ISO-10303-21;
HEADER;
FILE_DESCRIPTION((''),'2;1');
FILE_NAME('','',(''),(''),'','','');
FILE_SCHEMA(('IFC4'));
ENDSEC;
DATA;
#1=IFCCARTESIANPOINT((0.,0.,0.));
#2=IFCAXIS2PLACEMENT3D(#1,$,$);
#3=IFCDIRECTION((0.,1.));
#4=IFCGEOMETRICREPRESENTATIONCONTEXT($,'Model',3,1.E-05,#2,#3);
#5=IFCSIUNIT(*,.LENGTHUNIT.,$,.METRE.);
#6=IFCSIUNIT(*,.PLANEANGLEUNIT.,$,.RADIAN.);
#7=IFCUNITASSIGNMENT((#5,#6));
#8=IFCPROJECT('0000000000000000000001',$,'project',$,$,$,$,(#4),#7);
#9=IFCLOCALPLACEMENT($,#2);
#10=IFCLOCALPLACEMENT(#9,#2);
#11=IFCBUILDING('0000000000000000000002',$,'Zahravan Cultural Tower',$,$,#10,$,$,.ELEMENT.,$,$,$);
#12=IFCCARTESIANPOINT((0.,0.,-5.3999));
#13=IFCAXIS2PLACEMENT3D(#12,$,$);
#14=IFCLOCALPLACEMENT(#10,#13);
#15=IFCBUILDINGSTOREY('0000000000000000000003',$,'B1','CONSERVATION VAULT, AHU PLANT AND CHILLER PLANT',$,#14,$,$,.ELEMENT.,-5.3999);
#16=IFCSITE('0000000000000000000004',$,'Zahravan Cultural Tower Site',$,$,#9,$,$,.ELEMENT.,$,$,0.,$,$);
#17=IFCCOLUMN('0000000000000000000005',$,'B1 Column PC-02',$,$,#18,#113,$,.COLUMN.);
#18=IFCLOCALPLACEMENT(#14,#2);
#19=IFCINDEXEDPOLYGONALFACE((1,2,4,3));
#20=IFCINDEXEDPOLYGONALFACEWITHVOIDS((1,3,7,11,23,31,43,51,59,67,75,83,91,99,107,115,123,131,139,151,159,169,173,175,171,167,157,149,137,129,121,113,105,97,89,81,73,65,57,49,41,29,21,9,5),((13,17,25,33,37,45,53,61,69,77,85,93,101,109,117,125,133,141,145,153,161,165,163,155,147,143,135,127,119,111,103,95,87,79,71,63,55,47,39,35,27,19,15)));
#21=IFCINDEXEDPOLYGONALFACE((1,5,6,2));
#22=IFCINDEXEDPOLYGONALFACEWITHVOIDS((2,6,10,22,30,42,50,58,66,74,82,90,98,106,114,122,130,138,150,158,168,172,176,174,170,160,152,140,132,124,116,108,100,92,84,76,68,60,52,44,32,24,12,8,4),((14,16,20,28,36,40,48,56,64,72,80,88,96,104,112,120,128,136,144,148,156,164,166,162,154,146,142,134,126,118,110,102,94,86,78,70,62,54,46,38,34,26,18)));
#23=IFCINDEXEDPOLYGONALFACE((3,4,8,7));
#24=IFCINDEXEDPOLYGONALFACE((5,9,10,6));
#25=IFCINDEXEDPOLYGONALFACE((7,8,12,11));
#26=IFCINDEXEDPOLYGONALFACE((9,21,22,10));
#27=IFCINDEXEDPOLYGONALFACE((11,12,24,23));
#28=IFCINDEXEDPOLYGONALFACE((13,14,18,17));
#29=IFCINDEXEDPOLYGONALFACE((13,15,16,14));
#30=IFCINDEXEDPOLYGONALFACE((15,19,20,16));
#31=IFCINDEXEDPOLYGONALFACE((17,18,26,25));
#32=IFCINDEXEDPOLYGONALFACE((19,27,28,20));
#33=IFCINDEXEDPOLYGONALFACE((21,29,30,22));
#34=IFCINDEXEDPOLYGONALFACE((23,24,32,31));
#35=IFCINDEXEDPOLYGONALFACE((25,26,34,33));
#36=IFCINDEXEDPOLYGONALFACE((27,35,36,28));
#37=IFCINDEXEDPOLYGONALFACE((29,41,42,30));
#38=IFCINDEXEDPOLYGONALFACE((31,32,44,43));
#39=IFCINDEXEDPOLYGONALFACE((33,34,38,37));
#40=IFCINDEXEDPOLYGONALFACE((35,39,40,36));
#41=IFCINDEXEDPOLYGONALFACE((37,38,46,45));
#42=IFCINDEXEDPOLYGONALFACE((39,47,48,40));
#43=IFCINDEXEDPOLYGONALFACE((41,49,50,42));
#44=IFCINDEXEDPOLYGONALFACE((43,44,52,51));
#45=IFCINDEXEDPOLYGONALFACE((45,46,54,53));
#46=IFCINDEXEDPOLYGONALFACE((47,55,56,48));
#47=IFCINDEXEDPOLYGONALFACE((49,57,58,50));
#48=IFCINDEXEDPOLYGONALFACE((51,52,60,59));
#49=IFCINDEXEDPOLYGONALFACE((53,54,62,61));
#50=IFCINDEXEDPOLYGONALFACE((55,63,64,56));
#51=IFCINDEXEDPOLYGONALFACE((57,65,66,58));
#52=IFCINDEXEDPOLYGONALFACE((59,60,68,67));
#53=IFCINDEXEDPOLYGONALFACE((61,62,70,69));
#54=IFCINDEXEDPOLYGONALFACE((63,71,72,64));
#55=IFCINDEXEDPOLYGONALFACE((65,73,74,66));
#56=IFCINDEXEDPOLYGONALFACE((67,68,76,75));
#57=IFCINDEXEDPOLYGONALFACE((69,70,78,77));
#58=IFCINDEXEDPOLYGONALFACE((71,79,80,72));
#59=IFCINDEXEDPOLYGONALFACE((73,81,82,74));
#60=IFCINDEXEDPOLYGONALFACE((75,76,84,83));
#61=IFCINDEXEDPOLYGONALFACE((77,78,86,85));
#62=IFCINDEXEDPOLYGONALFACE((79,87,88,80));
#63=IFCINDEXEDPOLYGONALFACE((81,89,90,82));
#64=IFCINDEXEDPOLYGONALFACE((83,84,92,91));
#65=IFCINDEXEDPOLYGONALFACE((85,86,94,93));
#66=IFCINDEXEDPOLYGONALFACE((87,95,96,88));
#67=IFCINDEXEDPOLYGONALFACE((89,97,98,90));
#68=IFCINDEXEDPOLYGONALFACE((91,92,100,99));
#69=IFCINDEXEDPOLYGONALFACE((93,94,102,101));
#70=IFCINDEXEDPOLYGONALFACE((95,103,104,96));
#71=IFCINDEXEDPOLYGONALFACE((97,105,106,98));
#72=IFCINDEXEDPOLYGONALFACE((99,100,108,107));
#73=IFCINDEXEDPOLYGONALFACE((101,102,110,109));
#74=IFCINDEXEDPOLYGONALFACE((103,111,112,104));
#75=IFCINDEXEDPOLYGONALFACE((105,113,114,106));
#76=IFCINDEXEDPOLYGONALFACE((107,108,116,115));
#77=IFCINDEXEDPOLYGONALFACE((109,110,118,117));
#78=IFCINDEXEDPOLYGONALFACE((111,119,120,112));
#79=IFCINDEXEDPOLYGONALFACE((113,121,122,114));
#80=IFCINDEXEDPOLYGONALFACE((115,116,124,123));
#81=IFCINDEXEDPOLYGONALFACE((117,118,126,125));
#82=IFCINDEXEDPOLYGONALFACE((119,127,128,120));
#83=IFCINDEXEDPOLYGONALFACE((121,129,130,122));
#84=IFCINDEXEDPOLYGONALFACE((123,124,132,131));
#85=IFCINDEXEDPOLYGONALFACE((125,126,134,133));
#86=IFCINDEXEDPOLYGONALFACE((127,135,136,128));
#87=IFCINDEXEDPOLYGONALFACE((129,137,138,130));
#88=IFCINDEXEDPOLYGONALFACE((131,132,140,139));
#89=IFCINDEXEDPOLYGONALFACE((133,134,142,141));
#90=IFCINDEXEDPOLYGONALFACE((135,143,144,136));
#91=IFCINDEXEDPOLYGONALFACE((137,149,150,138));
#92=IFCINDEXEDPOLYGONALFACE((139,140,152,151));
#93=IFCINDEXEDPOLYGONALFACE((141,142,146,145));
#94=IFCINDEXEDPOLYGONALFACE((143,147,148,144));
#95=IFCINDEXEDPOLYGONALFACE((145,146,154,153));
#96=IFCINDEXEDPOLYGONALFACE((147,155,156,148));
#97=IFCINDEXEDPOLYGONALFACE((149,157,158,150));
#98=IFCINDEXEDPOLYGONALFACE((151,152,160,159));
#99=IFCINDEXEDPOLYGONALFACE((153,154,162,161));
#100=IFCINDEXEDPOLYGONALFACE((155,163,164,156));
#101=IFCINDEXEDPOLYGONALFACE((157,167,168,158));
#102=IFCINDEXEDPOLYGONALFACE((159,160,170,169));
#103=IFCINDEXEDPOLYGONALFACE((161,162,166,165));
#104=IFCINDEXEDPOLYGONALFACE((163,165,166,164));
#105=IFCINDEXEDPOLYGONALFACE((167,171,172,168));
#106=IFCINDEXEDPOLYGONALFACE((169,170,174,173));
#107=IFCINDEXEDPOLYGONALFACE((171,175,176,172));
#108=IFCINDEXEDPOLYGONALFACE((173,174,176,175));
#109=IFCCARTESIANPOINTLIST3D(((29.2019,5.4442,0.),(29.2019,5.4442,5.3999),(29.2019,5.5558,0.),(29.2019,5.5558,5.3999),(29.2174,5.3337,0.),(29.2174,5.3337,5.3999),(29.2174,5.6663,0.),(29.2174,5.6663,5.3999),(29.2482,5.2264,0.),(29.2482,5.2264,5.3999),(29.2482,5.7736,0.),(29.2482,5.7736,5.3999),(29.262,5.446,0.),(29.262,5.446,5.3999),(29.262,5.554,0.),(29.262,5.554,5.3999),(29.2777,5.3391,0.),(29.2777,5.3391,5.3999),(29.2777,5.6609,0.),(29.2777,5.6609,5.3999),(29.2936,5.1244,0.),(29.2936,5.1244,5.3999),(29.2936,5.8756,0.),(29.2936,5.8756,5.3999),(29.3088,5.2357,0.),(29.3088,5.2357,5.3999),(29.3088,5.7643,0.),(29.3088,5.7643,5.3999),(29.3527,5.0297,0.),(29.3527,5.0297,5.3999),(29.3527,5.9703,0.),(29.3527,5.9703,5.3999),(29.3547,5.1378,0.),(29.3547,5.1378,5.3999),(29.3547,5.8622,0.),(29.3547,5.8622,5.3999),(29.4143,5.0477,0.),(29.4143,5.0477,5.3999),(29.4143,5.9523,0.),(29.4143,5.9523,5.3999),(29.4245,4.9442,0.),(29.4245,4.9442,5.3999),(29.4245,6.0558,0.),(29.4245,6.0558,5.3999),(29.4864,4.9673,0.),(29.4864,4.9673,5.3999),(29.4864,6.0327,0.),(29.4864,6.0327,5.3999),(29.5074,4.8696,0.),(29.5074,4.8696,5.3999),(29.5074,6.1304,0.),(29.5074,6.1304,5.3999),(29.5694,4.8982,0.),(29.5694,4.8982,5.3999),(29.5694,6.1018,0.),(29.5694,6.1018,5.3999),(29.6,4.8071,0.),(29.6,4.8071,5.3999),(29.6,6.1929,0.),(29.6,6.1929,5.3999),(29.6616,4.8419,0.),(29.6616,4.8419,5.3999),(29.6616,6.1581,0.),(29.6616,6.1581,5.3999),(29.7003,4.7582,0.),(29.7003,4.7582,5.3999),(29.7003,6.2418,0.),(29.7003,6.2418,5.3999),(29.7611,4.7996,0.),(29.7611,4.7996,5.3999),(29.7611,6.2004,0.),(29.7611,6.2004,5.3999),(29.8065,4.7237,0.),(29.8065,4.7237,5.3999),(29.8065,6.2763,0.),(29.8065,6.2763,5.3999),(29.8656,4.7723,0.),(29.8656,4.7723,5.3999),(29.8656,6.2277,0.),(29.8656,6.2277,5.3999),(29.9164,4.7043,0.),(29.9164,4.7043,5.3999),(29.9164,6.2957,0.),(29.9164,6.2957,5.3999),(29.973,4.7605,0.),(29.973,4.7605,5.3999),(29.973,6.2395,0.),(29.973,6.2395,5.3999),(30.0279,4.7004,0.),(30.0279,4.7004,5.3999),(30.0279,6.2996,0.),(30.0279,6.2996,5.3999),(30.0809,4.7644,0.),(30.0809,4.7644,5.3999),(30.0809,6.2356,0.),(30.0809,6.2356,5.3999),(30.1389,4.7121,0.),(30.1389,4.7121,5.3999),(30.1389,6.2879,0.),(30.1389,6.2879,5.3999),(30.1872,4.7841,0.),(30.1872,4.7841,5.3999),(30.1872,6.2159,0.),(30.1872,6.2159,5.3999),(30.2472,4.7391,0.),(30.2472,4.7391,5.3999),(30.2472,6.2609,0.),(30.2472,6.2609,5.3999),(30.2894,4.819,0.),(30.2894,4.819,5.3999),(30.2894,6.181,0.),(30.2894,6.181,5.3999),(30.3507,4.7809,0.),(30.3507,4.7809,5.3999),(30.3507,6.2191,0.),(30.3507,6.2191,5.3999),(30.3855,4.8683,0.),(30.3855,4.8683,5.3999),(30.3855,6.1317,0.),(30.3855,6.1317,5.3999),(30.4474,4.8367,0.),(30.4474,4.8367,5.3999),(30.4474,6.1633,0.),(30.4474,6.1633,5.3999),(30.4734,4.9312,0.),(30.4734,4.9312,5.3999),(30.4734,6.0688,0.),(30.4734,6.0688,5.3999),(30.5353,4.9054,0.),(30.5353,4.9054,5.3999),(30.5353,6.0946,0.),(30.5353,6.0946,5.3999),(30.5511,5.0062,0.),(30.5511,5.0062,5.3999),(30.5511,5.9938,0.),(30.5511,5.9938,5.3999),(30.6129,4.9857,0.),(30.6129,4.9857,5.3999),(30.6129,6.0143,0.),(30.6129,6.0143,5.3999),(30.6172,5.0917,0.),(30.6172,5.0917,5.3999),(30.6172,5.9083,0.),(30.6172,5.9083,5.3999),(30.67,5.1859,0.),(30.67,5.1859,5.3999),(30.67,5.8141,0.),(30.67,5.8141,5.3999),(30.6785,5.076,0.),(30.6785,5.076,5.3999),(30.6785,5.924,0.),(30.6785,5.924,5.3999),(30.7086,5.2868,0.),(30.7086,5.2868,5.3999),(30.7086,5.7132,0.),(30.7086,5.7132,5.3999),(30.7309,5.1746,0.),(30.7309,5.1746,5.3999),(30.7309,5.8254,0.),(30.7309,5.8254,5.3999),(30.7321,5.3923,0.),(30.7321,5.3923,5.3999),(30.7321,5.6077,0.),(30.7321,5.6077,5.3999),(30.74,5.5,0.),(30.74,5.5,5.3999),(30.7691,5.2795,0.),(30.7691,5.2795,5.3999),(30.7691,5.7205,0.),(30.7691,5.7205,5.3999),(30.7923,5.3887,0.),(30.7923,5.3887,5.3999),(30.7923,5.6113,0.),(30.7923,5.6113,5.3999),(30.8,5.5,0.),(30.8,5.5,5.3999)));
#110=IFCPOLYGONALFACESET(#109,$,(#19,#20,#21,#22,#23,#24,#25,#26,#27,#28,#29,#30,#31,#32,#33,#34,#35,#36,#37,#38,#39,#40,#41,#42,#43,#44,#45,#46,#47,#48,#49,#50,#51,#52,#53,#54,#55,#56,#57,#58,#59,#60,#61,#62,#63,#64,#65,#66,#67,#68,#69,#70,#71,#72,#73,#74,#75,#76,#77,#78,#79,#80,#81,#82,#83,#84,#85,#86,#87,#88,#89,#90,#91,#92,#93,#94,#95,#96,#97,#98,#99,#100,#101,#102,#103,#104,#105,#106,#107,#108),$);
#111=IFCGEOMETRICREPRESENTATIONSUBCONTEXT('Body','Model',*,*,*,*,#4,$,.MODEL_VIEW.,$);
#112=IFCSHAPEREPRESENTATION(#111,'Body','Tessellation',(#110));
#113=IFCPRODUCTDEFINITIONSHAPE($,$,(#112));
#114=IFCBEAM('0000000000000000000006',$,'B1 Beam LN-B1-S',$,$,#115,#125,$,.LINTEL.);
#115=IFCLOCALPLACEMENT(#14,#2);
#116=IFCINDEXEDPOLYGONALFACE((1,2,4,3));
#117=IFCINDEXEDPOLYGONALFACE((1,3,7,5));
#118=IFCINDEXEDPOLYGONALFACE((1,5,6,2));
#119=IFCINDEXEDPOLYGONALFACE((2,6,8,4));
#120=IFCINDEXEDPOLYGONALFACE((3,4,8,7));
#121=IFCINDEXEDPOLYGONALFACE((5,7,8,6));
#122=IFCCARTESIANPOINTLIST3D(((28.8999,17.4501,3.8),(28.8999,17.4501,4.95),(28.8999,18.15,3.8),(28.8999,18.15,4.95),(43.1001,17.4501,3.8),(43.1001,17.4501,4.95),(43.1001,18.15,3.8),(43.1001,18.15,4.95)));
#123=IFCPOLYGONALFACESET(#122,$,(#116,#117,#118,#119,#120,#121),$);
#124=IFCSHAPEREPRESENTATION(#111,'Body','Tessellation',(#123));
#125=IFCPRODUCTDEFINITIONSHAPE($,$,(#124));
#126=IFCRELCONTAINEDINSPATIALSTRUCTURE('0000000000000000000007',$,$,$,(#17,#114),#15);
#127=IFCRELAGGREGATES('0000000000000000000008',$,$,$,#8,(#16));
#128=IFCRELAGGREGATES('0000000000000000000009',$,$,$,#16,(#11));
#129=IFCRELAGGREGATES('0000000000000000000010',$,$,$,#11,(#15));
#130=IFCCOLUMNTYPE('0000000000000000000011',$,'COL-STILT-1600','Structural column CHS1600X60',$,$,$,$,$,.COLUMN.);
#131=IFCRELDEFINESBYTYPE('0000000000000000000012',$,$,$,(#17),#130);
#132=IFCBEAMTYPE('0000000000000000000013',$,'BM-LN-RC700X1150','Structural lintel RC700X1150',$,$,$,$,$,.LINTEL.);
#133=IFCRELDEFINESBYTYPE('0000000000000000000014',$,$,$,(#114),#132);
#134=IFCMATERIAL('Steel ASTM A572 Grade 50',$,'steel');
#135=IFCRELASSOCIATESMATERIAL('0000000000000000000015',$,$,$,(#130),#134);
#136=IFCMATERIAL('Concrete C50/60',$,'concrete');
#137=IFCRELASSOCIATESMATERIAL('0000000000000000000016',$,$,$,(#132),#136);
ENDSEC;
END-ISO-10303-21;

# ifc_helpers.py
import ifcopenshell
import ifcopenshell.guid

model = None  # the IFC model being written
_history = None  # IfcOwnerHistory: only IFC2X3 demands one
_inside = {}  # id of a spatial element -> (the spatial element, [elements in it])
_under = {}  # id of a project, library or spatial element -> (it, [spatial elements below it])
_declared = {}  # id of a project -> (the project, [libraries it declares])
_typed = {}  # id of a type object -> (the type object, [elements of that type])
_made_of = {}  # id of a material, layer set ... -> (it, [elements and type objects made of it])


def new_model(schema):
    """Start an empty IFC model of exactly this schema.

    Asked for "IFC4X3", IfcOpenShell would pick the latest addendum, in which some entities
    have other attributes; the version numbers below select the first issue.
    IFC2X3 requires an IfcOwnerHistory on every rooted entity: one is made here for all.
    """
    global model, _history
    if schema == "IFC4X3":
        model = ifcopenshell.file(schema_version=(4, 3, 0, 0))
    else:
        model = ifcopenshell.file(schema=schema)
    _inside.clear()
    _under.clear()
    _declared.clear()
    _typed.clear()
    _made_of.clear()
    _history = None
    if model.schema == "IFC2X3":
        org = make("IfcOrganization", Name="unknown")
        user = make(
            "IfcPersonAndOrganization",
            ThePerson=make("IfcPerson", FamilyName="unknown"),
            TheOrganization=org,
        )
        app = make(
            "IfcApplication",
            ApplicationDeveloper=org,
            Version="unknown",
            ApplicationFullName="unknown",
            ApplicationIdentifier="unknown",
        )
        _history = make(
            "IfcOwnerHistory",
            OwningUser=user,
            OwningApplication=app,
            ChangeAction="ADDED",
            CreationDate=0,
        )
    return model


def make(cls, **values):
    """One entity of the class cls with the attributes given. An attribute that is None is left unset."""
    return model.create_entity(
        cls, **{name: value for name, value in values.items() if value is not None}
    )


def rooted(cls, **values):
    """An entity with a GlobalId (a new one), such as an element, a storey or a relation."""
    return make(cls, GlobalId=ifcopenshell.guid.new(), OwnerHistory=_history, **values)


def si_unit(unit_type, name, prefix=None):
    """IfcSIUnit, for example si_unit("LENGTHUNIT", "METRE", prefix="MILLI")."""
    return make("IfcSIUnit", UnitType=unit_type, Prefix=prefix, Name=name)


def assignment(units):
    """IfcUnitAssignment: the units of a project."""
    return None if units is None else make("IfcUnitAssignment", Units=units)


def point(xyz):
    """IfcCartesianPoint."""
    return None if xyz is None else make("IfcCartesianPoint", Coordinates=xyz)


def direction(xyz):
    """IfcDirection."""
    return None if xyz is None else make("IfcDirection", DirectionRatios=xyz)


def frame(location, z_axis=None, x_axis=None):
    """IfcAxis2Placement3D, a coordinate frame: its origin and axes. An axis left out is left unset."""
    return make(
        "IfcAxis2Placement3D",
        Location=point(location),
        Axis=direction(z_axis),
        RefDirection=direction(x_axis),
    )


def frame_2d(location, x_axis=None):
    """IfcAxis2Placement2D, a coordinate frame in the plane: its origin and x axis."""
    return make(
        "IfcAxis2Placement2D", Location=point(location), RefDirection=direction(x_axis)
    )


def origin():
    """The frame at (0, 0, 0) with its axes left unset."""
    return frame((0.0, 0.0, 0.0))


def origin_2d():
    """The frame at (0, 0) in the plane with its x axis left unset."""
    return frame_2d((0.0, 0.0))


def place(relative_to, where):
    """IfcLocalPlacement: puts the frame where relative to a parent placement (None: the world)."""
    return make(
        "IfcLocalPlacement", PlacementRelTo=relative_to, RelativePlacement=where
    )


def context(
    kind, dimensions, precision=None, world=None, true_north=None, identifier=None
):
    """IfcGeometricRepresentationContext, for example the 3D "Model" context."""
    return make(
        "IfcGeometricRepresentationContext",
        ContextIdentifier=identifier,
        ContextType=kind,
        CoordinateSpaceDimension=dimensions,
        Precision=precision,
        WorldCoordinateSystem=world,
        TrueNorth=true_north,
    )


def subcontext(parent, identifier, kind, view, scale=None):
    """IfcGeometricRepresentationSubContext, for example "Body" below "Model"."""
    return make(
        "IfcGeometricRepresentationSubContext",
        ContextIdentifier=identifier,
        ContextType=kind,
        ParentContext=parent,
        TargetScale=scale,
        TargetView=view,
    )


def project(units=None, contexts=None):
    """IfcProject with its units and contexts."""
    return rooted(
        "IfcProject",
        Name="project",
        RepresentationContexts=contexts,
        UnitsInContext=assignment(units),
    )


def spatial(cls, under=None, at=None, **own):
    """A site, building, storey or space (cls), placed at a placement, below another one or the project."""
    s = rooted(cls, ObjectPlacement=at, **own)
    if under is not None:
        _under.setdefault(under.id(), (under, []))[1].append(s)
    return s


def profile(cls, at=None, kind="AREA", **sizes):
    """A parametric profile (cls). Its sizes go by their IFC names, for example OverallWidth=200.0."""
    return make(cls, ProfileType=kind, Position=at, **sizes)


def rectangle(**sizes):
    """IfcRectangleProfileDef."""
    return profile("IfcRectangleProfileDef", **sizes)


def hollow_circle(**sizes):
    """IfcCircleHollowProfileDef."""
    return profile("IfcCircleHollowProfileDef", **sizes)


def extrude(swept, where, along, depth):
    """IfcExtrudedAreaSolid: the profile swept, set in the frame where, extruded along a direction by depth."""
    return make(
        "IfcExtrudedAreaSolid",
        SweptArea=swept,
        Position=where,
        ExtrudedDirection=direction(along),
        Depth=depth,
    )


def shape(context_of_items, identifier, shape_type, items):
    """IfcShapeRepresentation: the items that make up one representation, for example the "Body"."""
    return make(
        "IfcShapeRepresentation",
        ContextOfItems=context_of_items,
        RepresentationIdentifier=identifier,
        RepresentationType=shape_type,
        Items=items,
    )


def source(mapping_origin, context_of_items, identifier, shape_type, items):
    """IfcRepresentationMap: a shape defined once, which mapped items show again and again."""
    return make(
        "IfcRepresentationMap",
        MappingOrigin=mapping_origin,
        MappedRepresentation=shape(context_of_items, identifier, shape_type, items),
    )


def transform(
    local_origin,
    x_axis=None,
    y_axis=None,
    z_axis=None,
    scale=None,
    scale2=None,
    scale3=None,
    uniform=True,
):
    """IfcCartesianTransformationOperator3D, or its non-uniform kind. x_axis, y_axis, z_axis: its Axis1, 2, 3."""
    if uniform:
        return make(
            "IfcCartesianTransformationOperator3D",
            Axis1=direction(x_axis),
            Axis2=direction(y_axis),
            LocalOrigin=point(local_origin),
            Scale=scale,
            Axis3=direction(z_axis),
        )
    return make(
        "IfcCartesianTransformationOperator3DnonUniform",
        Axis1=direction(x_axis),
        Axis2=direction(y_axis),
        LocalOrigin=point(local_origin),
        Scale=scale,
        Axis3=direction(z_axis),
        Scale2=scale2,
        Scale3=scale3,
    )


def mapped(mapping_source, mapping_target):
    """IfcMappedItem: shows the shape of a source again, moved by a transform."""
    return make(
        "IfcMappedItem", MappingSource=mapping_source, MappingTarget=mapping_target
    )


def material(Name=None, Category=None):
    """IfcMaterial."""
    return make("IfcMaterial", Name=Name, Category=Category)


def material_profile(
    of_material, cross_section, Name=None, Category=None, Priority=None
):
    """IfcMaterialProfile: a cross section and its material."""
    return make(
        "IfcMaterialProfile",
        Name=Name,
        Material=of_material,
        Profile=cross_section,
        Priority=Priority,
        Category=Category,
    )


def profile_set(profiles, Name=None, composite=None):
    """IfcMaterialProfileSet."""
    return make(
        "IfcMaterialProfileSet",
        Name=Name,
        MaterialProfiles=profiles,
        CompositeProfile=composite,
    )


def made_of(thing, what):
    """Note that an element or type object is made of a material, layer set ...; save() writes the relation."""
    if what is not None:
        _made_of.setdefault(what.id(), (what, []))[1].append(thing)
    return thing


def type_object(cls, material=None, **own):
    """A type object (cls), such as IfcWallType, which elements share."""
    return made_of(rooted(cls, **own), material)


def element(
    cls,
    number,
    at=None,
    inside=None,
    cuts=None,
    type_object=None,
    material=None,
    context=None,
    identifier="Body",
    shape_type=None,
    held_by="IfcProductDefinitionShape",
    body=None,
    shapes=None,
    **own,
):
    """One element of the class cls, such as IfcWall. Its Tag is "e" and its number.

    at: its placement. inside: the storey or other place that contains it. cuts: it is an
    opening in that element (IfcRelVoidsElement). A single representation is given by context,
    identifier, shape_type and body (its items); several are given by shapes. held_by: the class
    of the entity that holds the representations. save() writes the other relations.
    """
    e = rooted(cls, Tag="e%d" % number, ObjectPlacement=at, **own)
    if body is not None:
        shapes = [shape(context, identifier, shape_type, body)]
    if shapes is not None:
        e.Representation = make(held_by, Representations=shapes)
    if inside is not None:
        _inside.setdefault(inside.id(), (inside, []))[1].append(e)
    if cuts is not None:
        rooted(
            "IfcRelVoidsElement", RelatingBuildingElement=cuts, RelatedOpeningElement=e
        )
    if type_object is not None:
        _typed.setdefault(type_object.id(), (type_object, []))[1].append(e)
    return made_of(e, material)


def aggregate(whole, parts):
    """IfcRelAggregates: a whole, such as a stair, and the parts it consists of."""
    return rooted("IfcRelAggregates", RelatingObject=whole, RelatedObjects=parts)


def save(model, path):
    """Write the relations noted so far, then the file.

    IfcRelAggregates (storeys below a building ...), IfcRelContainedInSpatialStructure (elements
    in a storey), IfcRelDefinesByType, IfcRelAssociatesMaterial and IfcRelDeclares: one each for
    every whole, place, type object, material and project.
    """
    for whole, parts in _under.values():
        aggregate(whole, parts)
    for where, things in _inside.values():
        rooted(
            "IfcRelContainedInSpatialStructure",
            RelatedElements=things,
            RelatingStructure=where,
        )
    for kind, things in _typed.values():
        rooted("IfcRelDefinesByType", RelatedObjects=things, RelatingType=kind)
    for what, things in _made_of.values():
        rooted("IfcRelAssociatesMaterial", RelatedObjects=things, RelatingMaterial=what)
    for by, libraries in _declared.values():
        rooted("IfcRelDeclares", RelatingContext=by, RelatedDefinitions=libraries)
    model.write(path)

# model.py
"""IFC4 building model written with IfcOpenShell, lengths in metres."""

from ifc_helpers import new_model, si_unit, direction, frame, origin, origin_2d, place, context, subcontext, project, spatial, rectangle, hollow_circle, extrude, source, transform, mapped, material, material_profile, profile_set, type_object, element, save


model = new_model("IFC4")

# Units and contexts
model_context = context("Model", 3, precision=1e-05, world=origin(), true_north=direction((0.0, 1.0)))
body_context = subcontext(model_context, "Body", "Model", "MODEL_VIEW")
ifc_project = project(units=[si_unit("LENGTHUNIT", "METRE"), si_unit("PLANEANGLEUNIT", "RADIAN")], contexts=[model_context])

# Site, building, storey
site_placement = place(None, origin())
site = spatial("IfcSite", under=ifc_project, at=site_placement, Name="Zahravan Cultural Tower Site", CompositionType="ELEMENT", RefElevation=0.0)
building_placement = place(site_placement, origin())
building = spatial("IfcBuilding", under=site, at=building_placement, Name="Zahravan Cultural Tower", CompositionType="ELEMENT")
storey_placement = place(building_placement, frame((0.0, 0.0, -5.3999)))
storey = spatial("IfcBuildingStorey", under=building, at=storey_placement, Name="B1", Description="CONSERVATION VAULT, AHU PLANT AND CHILLER PLANT", CompositionType="ELEMENT", Elevation=-5.3999)

# Shared definitions
ifc_material_1 = material(Name="Concrete C50/60", Category="concrete")

# Column
ifc_material_2 = material(Name="Steel ASTM A572 Grade 50", Category="steel")
ifc_material_profile_1 = material_profile(ifc_material_2, hollow_circle(Radius=0.8, WallThickness=0.0601, at=origin_2d()), Name="CHS1600X60")
ifc_profile_set_1 = profile_set([ifc_material_profile_1], Name="Steel ASTM A572 Grade 50")
column_type_1 = type_object("IfcColumnType", Name="COL-STILT-1600", Description="Structural column CHS1600X60", PredefinedType="COLUMN", material=ifc_profile_set_1)
shared_shape_1 = source(origin(), body_context, "Body", "SweptSolid", [
    extrude(hollow_circle(Radius=0.8, WallThickness=0.0601, at=origin_2d()), origin(), (0.0, 0.0, 1.0), 5.3999),
])
column_placement = place(storey_placement, frame((30.0, 5.5, 0.0), z_axis=(0.0, 0.0, 1.0), x_axis=(1.0, 0.0, 0.0)))
element("IfcColumn", 1, at=column_placement, inside=storey, type_object=column_type_1, Name="B1 Column PC-02", PredefinedType="COLUMN", context=body_context, shape_type="MappedRepresentation", body=[
    mapped(shared_shape_1, transform((0.0, 0.0, 0.0), x_axis=(1.0, 0.0, 0.0), y_axis=(0.0, 1.0, 0.0), z_axis=(0.0, 0.0, 1.0), scale=1.0)),
])

# Beam
ifc_material_profile_2 = material_profile(ifc_material_1, rectangle(XDim=0.7, YDim=1.1499, at=origin_2d()), Name="RC700X1150")
ifc_profile_set_2 = profile_set([ifc_material_profile_2], Name="Concrete C50/60")
beam_type = type_object("IfcBeamType", Name="BM-LN-RC700X1150", Description="Structural lintel RC700X1150", PredefinedType="LINTEL", material=ifc_profile_set_2)
shared_shape_2 = source(origin(), body_context, "Body", "SweptSolid", [
    extrude(rectangle(XDim=0.7, YDim=1.1499, at=origin_2d()), origin(), (0.0, 0.0, 1.0), 14.2002),
])
beam_placement = place(storey_placement, frame((28.8999, 17.8, 4.375), z_axis=(1.0, 0.0, 0.0), x_axis=(0.0, 1.0, 0.0)))
element("IfcBeam", 2, at=beam_placement, inside=storey, type_object=beam_type, Name="B1 Beam LN-B1-S", PredefinedType="LINTEL", context=body_context, shape_type="MappedRepresentation", body=[
    mapped(shared_shape_2, transform((0.0, 0.0, 0.0), x_axis=(1.0, 0.0, 0.0), y_axis=(0.0, 1.0, 0.0), z_axis=(0.0, 0.0, 1.0), scale=1.0)),
])

save(model, "model.ifc")
